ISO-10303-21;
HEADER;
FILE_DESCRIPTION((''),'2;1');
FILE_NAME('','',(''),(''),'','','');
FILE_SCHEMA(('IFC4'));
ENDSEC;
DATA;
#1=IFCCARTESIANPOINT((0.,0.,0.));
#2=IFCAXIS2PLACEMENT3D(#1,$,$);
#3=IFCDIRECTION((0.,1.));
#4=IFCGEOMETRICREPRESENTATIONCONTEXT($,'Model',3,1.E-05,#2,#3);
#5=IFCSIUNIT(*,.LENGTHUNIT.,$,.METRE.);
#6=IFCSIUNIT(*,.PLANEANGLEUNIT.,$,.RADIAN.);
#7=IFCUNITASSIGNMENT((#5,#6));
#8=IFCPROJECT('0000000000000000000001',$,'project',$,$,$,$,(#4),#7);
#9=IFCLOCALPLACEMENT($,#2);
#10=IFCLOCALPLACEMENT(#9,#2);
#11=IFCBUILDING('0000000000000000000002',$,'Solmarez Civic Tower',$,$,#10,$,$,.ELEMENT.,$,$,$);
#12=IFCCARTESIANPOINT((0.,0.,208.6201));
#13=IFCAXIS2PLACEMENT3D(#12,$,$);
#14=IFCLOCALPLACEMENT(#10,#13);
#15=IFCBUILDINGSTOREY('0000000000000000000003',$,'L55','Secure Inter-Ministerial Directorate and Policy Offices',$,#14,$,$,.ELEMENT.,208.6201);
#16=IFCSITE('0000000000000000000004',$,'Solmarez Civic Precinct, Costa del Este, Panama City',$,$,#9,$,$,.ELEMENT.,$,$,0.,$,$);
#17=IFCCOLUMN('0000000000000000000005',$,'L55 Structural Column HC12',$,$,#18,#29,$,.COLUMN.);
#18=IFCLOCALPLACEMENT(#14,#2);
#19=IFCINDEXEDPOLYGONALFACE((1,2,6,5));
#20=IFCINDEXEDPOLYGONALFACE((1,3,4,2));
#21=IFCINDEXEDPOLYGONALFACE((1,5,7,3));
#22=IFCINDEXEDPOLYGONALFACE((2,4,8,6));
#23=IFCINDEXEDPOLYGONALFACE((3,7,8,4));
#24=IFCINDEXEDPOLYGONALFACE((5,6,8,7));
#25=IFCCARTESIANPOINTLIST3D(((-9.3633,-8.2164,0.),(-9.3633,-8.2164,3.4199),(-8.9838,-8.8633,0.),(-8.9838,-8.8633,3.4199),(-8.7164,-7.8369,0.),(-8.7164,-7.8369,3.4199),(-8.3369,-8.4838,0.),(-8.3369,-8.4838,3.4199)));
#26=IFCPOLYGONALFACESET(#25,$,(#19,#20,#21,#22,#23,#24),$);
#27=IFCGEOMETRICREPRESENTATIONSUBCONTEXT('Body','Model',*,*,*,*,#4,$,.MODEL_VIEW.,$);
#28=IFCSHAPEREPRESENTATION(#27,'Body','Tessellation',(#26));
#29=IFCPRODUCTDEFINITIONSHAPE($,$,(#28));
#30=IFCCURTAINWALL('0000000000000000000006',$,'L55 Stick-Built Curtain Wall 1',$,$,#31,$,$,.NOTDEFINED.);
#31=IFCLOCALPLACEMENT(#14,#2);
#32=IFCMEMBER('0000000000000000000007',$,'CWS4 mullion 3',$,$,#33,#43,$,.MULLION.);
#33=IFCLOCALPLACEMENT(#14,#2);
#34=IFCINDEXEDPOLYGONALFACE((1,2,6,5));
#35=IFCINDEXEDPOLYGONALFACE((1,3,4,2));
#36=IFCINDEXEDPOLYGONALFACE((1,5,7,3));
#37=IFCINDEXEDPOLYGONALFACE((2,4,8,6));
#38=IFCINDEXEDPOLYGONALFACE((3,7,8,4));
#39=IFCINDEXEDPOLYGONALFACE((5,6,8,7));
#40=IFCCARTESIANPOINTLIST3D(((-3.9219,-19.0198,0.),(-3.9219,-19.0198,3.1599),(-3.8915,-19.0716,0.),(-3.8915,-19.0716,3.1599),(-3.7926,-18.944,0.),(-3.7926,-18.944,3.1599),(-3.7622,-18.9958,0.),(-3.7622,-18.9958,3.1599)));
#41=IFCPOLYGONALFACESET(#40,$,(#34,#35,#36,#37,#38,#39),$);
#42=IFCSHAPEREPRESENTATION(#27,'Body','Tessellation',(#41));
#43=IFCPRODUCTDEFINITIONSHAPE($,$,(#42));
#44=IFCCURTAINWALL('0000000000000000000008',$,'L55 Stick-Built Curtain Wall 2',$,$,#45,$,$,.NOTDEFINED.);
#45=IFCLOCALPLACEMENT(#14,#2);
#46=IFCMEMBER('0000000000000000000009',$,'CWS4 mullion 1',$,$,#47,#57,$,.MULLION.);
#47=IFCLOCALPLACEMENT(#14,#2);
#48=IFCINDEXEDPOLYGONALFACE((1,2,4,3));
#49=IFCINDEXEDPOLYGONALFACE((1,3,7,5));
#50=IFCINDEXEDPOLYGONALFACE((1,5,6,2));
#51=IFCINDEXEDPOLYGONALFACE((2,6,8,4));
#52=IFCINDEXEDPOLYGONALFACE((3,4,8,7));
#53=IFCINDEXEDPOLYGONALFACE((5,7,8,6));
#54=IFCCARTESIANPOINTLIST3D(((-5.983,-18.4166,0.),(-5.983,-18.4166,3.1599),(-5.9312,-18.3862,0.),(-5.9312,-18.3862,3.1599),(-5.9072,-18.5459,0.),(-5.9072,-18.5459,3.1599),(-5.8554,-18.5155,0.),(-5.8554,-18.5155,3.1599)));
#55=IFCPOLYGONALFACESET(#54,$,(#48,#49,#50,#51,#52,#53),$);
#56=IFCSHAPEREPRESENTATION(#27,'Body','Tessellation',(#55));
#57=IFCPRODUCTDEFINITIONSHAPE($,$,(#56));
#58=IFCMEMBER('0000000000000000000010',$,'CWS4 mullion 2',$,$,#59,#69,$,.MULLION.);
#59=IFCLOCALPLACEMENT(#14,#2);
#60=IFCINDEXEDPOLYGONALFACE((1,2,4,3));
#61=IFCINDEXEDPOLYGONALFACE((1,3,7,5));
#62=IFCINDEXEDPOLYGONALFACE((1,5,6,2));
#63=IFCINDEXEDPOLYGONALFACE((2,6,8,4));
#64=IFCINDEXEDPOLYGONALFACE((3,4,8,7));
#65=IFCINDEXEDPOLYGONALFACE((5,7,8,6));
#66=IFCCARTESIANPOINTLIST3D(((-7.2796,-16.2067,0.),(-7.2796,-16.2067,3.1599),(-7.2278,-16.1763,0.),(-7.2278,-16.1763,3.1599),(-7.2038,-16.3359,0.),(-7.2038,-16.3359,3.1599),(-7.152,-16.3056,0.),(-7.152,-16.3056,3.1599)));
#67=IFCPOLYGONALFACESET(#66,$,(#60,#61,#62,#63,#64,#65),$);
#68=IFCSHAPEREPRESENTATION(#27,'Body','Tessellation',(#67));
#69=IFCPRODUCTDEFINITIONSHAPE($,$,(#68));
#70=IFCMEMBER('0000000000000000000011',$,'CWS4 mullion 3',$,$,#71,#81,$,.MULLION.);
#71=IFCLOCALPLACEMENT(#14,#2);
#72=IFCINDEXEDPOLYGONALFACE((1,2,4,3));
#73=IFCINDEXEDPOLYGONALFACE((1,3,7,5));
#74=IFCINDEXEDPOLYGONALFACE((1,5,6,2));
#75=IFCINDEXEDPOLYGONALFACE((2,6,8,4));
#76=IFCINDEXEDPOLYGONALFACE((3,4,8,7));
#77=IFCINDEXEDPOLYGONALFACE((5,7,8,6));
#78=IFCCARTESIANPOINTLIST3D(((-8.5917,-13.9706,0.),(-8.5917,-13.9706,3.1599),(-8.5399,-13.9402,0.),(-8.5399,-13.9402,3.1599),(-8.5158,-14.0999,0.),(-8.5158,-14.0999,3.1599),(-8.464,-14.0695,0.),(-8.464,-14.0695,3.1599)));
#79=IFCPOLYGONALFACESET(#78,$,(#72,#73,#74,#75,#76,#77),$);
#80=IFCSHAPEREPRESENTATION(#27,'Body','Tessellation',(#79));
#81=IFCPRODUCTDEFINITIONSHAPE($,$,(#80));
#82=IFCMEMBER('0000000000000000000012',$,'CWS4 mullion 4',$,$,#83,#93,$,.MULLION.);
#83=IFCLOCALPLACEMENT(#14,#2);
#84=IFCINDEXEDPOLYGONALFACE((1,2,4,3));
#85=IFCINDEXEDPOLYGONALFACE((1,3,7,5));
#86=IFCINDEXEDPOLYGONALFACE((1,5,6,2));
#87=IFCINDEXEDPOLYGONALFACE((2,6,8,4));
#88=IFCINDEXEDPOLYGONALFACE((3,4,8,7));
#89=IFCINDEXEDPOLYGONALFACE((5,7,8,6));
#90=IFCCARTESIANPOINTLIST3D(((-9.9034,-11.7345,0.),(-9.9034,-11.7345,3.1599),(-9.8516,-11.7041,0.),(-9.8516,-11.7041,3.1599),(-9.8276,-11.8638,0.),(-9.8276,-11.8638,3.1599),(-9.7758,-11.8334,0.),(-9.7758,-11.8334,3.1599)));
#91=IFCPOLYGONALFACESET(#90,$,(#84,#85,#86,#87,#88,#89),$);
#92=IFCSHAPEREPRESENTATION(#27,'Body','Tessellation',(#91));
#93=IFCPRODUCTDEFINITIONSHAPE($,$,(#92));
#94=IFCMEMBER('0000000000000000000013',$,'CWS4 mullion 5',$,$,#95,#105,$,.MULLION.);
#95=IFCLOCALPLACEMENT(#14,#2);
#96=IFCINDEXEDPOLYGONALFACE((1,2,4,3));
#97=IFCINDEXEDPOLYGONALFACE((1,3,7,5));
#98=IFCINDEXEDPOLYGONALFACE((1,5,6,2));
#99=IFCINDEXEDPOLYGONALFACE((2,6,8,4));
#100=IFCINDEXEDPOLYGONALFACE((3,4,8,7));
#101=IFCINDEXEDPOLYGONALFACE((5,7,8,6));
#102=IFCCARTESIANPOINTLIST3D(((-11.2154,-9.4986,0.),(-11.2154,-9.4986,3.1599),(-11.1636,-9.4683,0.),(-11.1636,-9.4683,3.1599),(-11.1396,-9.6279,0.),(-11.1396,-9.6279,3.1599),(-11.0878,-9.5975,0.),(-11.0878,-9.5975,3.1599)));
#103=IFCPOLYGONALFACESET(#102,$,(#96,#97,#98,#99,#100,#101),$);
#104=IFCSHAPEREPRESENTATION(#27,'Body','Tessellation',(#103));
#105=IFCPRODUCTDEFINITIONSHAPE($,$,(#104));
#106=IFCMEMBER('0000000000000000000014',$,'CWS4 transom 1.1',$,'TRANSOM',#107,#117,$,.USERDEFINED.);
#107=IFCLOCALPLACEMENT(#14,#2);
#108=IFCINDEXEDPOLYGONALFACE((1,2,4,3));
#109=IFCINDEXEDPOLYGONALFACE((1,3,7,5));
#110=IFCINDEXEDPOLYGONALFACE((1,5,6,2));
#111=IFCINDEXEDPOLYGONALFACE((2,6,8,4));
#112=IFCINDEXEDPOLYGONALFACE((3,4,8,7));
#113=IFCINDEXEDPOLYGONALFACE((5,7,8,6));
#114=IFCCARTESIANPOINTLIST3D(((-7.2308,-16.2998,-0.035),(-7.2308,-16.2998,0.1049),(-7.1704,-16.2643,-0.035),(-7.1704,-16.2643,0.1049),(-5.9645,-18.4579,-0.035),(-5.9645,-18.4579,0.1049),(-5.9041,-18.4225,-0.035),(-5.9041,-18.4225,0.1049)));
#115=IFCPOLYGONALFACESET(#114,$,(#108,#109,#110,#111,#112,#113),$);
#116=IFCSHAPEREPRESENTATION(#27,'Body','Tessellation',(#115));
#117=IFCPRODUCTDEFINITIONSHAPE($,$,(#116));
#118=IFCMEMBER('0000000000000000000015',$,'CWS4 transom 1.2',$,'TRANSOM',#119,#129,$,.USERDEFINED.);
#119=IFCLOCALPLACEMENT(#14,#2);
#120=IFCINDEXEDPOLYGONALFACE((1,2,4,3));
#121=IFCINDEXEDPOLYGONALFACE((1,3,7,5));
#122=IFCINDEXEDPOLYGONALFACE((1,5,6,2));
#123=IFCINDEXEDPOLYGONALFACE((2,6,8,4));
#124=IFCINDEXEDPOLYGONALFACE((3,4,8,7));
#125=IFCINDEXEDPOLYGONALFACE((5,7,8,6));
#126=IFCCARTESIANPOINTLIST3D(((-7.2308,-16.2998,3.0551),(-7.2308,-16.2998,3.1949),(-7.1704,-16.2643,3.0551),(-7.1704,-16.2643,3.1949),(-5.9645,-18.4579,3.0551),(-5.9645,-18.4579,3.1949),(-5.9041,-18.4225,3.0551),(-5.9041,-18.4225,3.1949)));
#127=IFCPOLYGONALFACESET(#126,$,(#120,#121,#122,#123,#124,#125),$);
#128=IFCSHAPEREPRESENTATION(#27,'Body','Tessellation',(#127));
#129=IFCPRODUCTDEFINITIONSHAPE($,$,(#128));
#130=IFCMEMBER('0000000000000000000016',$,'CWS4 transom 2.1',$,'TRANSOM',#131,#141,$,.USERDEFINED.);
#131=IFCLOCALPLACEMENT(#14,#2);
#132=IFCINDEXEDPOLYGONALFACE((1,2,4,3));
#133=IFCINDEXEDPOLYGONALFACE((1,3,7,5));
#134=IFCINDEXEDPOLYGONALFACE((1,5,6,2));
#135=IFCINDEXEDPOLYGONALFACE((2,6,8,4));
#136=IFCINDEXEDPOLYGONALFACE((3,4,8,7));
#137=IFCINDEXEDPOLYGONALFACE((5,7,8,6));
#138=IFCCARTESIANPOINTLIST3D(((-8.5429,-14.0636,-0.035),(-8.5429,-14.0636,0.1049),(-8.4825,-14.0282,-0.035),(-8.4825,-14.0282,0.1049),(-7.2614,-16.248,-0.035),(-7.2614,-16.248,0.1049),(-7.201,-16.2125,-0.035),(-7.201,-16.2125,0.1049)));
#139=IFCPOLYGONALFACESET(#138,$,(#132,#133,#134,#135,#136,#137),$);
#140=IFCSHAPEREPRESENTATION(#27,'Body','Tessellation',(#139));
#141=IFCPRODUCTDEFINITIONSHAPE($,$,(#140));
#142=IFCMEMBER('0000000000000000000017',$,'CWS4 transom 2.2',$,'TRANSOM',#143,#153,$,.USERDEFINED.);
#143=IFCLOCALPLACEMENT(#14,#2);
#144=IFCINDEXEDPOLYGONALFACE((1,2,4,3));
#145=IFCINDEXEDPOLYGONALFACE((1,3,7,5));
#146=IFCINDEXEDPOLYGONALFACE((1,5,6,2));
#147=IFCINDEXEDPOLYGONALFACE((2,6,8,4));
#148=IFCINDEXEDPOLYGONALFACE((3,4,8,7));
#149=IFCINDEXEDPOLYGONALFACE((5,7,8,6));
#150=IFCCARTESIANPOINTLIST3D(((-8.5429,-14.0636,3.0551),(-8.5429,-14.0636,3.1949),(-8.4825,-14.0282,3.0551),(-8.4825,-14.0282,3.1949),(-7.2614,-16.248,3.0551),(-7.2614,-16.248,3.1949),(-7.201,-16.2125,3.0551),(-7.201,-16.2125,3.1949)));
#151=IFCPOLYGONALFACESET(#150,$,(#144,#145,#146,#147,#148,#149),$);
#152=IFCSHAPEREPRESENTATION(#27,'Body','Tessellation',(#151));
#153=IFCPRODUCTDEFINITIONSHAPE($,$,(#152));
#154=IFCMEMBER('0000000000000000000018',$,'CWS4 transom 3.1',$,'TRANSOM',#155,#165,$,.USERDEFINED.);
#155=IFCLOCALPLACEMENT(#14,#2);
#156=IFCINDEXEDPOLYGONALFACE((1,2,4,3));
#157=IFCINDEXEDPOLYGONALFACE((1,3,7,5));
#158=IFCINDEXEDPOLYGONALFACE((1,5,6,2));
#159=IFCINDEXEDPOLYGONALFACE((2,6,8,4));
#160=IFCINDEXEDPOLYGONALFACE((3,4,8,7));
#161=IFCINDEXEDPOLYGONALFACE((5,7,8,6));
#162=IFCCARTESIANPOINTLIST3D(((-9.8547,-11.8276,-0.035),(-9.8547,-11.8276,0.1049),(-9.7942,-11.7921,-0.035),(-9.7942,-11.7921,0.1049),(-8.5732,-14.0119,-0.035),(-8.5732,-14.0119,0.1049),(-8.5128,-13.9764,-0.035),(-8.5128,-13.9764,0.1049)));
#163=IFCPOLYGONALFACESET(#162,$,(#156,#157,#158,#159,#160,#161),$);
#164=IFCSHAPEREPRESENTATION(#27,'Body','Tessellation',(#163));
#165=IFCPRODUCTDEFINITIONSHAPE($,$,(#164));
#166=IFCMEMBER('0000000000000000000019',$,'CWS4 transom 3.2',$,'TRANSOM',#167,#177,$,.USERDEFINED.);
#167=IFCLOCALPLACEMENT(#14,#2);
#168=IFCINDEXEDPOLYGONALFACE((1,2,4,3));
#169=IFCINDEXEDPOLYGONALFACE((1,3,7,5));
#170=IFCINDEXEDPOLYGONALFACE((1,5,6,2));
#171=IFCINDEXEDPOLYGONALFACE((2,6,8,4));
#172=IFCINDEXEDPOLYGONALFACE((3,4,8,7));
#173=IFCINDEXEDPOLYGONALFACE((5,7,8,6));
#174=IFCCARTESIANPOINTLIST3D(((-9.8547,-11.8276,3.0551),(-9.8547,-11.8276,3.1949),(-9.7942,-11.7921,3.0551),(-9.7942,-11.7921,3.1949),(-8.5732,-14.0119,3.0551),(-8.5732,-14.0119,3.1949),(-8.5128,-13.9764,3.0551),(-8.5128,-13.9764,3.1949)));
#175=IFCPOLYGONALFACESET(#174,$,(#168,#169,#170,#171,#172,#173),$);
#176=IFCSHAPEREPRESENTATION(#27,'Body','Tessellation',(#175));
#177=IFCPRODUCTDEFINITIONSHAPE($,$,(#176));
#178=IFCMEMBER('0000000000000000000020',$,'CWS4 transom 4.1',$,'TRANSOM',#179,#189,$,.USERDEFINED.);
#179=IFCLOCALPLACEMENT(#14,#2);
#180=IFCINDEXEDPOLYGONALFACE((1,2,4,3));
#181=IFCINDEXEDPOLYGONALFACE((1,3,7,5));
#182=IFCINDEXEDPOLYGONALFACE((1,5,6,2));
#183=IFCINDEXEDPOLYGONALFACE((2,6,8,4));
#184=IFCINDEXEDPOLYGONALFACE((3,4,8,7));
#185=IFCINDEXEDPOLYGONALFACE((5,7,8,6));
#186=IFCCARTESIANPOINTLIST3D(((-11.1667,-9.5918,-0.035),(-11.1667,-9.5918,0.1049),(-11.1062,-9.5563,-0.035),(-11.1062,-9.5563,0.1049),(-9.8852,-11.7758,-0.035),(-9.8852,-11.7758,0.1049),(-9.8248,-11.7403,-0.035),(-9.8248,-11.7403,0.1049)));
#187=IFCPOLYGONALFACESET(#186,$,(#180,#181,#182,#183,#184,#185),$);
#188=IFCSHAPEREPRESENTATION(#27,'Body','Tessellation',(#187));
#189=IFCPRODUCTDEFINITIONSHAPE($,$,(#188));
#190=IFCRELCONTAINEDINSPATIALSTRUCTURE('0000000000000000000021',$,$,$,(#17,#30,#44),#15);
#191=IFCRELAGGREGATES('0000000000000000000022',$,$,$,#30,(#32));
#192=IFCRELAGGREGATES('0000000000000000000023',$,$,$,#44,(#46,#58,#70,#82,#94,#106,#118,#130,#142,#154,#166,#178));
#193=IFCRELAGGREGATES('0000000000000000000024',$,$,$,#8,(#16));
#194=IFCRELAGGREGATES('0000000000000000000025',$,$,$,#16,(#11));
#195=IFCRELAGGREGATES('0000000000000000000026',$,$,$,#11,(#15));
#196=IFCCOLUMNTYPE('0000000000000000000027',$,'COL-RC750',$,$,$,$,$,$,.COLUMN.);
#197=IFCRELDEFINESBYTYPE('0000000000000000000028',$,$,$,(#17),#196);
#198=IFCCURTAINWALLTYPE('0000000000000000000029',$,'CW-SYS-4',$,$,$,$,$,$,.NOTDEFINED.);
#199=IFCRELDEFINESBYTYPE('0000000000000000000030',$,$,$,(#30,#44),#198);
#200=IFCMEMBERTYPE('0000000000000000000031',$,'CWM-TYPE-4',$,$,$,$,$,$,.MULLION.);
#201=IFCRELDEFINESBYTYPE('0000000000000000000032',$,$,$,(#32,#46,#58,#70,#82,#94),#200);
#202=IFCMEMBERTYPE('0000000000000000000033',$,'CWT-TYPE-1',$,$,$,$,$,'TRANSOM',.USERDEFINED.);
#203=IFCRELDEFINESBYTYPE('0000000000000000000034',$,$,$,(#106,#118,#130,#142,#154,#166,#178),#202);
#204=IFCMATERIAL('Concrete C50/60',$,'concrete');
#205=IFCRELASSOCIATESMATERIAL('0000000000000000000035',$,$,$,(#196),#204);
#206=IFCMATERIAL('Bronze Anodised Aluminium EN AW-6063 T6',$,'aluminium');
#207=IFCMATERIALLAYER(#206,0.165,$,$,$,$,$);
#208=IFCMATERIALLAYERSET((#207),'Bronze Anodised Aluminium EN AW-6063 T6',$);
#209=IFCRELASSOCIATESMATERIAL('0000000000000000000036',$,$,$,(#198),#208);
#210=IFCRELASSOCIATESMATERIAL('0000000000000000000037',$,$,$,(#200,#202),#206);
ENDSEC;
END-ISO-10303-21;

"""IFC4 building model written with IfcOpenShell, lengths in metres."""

from ifc_helpers import new_model, si_unit, direction, frame, origin, origin_2d, place, context, subcontext, project, spatial, rectangle, extrude, material, layer, layer_set, material_profile, profile_set, type_object, element, aggregate, save


model = new_model("IFC4")

# Units and contexts
model_context = context("Model", 3, precision=1e-05, world=origin(), true_north=direction((0.0, 1.0)))
body_context = subcontext(model_context, "Body", "Model", "MODEL_VIEW")
ifc_project = project(units=[si_unit("LENGTHUNIT", "METRE"), si_unit("PLANEANGLEUNIT", "RADIAN")], contexts=[model_context])

# Site, building, storey
site_placement = place(None, origin())
site = spatial("IfcSite", under=ifc_project, at=site_placement, Name="Solmarez Civic Precinct, Costa del Este, Panama City", CompositionType="ELEMENT", RefElevation=0.0)
building_placement = place(site_placement, origin())
building = spatial("IfcBuilding", under=site, at=building_placement, Name="Solmarez Civic Tower", CompositionType="ELEMENT")
storey_placement = place(building_placement, frame((0.0, 0.0, 208.6201)))
storey = spatial("IfcBuildingStorey", under=building, at=storey_placement, Name="L55", Description="Secure Inter-Ministerial Directorate and Policy Offices", CompositionType="ELEMENT", Elevation=208.6201)

# Column
ifc_material_1 = material(Name="Concrete C50/60", Category="concrete")
ifc_material_profile_1 = material_profile(ifc_material_1, rectangle(XDim=0.75, YDim=0.75, at=origin_2d()), Name="RC750X750")
ifc_profile_set_1 = profile_set([ifc_material_profile_1], Name="Concrete C50/60")
column_type = type_object("IfcColumnType", Name="COL-RC750", PredefinedType="COLUMN", material=ifc_profile_set_1)
column_placement = place(storey_placement, frame((-8.8501, -8.3501, 0.0), z_axis=(0.0, 0.0, 1.0), x_axis=(0.862514, 0.506034, 0.0)))
element("IfcColumn", 1, at=column_placement, inside=storey, type_object=column_type, Name="L55 Structural Column HC12", PredefinedType="COLUMN", context=body_context, shape_type="SweptSolid", body=[
    extrude(rectangle(XDim=0.75, YDim=0.75, at=origin_2d()), origin(), (0.0, 0.0, 1.0), 3.4199),
])

# Curtain wall, member
ifc_material_2 = material(Name="Bronze Anodised Aluminium EN AW-6063 T6", Category="aluminium")
ifc_layer_1 = layer(ifc_material_2, 0.165)
ifc_layer_set_1 = layer_set([ifc_layer_1], Name="Bronze Anodised Aluminium EN AW-6063 T6")
curtain_wall_type = type_object("IfcCurtainWallType", Name="CW-SYS-4", PredefinedType="NOTDEFINED", material=ifc_layer_set_1)
curtain_wall_1_placement = place(storey_placement, origin())
curtain_wall_1 = element("IfcCurtainWall", 2, at=curtain_wall_1_placement, inside=storey, type_object=curtain_wall_type, Name="L55 Stick-Built Curtain Wall 1", PredefinedType="NOTDEFINED")
ifc_material_profile_2 = material_profile(ifc_material_2, rectangle(XDim=0.0601, YDim=0.1499, at=origin_2d()), Name="CWM-60X150")
ifc_profile_set_2 = profile_set([ifc_material_profile_2], Name="Bronze Anodised Aluminium EN AW-6063 T6")
member_type_1 = type_object("IfcMemberType", Name="CWM-TYPE-4", PredefinedType="MULLION", material=ifc_profile_set_2)
member_1_placement = place(storey_placement, frame((-3.842, -19.0078, 0.0), z_axis=(0.0, 0.0, 1.0), x_axis=(0.505898, -0.862593, 0.0)))
member_1 = element("IfcMember", 3, at=member_1_placement, type_object=member_type_1, Name="CWS4 mullion 3", PredefinedType="MULLION", context=body_context, shape_type="SweptSolid", body=[
    extrude(rectangle(XDim=0.0601, YDim=0.1499, at=origin_2d()), origin(), (0.0, 0.0, 1.0), 3.1599),
])

# Curtain wall, members
curtain_wall_2_placement = place(storey_placement, origin())
curtain_wall_2 = element("IfcCurtainWall", 4, at=curtain_wall_2_placement, inside=storey, type_object=curtain_wall_type, Name="L55 Stick-Built Curtain Wall 2", PredefinedType="NOTDEFINED")
member_2_placement = place(storey_placement, frame((-5.9192, -18.4661, 0.0), z_axis=(0.0, 0.0, 1.0), x_axis=(-0.862506, -0.506047, 0.0)))
member_2 = element("IfcMember", 5, at=member_2_placement, type_object=member_type_1, Name="CWS4 mullion 1", PredefinedType="MULLION", context=body_context, shape_type="SweptSolid", body=[
    extrude(rectangle(XDim=0.0601, YDim=0.1499, at=origin_2d()), origin(), (0.0, 0.0, 1.0), 3.1599),
])
member_3_placement = place(storey_placement, frame((-7.2158, -16.2561, 0.0), z_axis=(0.0, 0.0, 1.0), x_axis=(-0.862506, -0.506047, 0.0)))
member_3 = element("IfcMember", 6, at=member_3_placement, type_object=member_type_1, Name="CWS4 mullion 2", PredefinedType="MULLION", context=body_context, shape_type="SweptSolid", body=[
    extrude(rectangle(XDim=0.0601, YDim=0.1499, at=origin_2d()), origin(), (0.0, 0.0, 1.0), 3.1599),
])
member_4_placement = place(storey_placement, frame((-8.5278, -14.02, 0.0), z_axis=(0.0, 0.0, 1.0), x_axis=(-0.862506, -0.506047, 0.0)))
member_4 = element("IfcMember", 7, at=member_4_placement, type_object=member_type_1, Name="CWS4 mullion 3", PredefinedType="MULLION", context=body_context, shape_type="SweptSolid", body=[
    extrude(rectangle(XDim=0.0601, YDim=0.1499, at=origin_2d()), origin(), (0.0, 0.0, 1.0), 3.1599),
])
member_5_placement = place(storey_placement, frame((-9.8396, -11.7839, 0.0), z_axis=(0.0, 0.0, 1.0), x_axis=(-0.862506, -0.506047, 0.0)))
member_5 = element("IfcMember", 8, at=member_5_placement, type_object=member_type_1, Name="CWS4 mullion 4", PredefinedType="MULLION", context=body_context, shape_type="SweptSolid", body=[
    extrude(rectangle(XDim=0.0601, YDim=0.1499, at=origin_2d()), origin(), (0.0, 0.0, 1.0), 3.1599),
])
member_6_placement = place(storey_placement, frame((-11.1516, -9.5481, 0.0), z_axis=(0.0, 0.0, 1.0), x_axis=(-0.862506, -0.506047, 0.0)))
member_6 = element("IfcMember", 9, at=member_6_placement, type_object=member_type_1, Name="CWS4 mullion 5", PredefinedType="MULLION", context=body_context, shape_type="SweptSolid", body=[
    extrude(rectangle(XDim=0.0601, YDim=0.1499, at=origin_2d()), origin(), (0.0, 0.0, 1.0), 3.1599),
])
ifc_material_profile_3 = material_profile(ifc_material_2, rectangle(XDim=0.0701, YDim=0.1399, at=origin_2d()), Name="CWT-70X140")
ifc_profile_set_3 = profile_set([ifc_material_profile_3], Name="Bronze Anodised Aluminium EN AW-6063 T6")
member_type_2 = type_object("IfcMemberType", Name="CWT-TYPE-1", ElementType="TRANSOM", PredefinedType="USERDEFINED", material=ifc_profile_set_3)
member_7_placement = place(storey_placement, frame((-5.9343, -18.4402, 0.0349), z_axis=(-0.506078, 0.862488, 0.0), x_axis=(-0.862488, -0.506078, 0.0)))
member_7 = element("IfcMember", 10, at=member_7_placement, type_object=member_type_2, Name="CWS4 transom 1.1", ObjectType="TRANSOM", PredefinedType="USERDEFINED", context=body_context, shape_type="SweptSolid", body=[
    extrude(rectangle(XDim=0.0701, YDim=0.1399, at=origin_2d()), origin(), (0.0, 0.0, 1.0), 2.5022),
])
member_8_placement = place(storey_placement, frame((-5.9343, -18.4402, 3.125), z_axis=(-0.506078, 0.862488, 0.0), x_axis=(-0.862488, -0.506078, 0.0)))
member_8 = element("IfcMember", 11, at=member_8_placement, type_object=member_type_2, Name="CWS4 transom 1.2", ObjectType="TRANSOM", PredefinedType="USERDEFINED", context=body_context, shape_type="SweptSolid", body=[
    extrude(rectangle(XDim=0.0701, YDim=0.1399, at=origin_2d()), origin(), (0.0, 0.0, 1.0), 2.5022),
])
member_9_placement = place(storey_placement, frame((-7.2312, -16.2302, 0.0349), z_axis=(-0.506021, 0.862521, 0.0), x_axis=(-0.862521, -0.506021, 0.0)))
member_9 = element("IfcMember", 12, at=member_9_placement, type_object=member_type_2, Name="CWS4 transom 2.1", ObjectType="TRANSOM", PredefinedType="USERDEFINED", context=body_context, shape_type="SweptSolid", body=[
    extrude(rectangle(XDim=0.0701, YDim=0.1399, at=origin_2d()), origin(), (0.0, 0.0, 1.0), 2.5325),
])
member_10_placement = place(storey_placement, frame((-7.2312, -16.2302, 3.125), z_axis=(-0.506021, 0.862521, 0.0), x_axis=(-0.862521, -0.506021, 0.0)))
member_10 = element("IfcMember", 13, at=member_10_placement, type_object=member_type_2, Name="CWS4 transom 2.2", ObjectType="TRANSOM", PredefinedType="USERDEFINED", context=body_context, shape_type="SweptSolid", body=[
    extrude(rectangle(XDim=0.0701, YDim=0.1399, at=origin_2d()), origin(), (0.0, 0.0, 1.0), 2.5325),
])
member_11_placement = place(storey_placement, frame((-8.543, -13.9941, 0.0349), z_axis=(-0.506021, 0.862521, 0.0), x_axis=(-0.862521, -0.506021, 0.0)))
member_11 = element("IfcMember", 14, at=member_11_placement, type_object=member_type_2, Name="CWS4 transom 3.1", ObjectType="TRANSOM", PredefinedType="USERDEFINED", context=body_context, shape_type="SweptSolid", body=[
    extrude(rectangle(XDim=0.0701, YDim=0.1399, at=origin_2d()), origin(), (0.0, 0.0, 1.0), 2.5325),
])
member_12_placement = place(storey_placement, frame((-8.543, -13.9941, 3.125), z_axis=(-0.506021, 0.862521, 0.0), x_axis=(-0.862521, -0.506021, 0.0)))
member_12 = element("IfcMember", 15, at=member_12_placement, type_object=member_type_2, Name="CWS4 transom 3.2", ObjectType="TRANSOM", PredefinedType="USERDEFINED", context=body_context, shape_type="SweptSolid", body=[
    extrude(rectangle(XDim=0.0701, YDim=0.1399, at=origin_2d()), origin(), (0.0, 0.0, 1.0), 2.5325),
])
member_13_placement = place(storey_placement, frame((-9.855, -11.7581, 0.0349), z_axis=(-0.506063, 0.862496, 0.0), x_axis=(-0.862496, -0.506063, 0.0)))
member_13 = element("IfcMember", 16, at=member_13_placement, type_object=member_type_2, Name="CWS4 transom 4.1", ObjectType="TRANSOM", PredefinedType="USERDEFINED", context=body_context, shape_type="SweptSolid", body=[
    extrude(rectangle(XDim=0.0701, YDim=0.1399, at=origin_2d()), origin(), (0.0, 0.0, 1.0), 2.5322),
])

aggregate(curtain_wall_1, [member_1])
aggregate(curtain_wall_2, [member_2, member_3, member_4, member_5, member_6, member_7, member_8, member_9, member_10, member_11, member_12, member_13])

save(model, "model.ifc")
